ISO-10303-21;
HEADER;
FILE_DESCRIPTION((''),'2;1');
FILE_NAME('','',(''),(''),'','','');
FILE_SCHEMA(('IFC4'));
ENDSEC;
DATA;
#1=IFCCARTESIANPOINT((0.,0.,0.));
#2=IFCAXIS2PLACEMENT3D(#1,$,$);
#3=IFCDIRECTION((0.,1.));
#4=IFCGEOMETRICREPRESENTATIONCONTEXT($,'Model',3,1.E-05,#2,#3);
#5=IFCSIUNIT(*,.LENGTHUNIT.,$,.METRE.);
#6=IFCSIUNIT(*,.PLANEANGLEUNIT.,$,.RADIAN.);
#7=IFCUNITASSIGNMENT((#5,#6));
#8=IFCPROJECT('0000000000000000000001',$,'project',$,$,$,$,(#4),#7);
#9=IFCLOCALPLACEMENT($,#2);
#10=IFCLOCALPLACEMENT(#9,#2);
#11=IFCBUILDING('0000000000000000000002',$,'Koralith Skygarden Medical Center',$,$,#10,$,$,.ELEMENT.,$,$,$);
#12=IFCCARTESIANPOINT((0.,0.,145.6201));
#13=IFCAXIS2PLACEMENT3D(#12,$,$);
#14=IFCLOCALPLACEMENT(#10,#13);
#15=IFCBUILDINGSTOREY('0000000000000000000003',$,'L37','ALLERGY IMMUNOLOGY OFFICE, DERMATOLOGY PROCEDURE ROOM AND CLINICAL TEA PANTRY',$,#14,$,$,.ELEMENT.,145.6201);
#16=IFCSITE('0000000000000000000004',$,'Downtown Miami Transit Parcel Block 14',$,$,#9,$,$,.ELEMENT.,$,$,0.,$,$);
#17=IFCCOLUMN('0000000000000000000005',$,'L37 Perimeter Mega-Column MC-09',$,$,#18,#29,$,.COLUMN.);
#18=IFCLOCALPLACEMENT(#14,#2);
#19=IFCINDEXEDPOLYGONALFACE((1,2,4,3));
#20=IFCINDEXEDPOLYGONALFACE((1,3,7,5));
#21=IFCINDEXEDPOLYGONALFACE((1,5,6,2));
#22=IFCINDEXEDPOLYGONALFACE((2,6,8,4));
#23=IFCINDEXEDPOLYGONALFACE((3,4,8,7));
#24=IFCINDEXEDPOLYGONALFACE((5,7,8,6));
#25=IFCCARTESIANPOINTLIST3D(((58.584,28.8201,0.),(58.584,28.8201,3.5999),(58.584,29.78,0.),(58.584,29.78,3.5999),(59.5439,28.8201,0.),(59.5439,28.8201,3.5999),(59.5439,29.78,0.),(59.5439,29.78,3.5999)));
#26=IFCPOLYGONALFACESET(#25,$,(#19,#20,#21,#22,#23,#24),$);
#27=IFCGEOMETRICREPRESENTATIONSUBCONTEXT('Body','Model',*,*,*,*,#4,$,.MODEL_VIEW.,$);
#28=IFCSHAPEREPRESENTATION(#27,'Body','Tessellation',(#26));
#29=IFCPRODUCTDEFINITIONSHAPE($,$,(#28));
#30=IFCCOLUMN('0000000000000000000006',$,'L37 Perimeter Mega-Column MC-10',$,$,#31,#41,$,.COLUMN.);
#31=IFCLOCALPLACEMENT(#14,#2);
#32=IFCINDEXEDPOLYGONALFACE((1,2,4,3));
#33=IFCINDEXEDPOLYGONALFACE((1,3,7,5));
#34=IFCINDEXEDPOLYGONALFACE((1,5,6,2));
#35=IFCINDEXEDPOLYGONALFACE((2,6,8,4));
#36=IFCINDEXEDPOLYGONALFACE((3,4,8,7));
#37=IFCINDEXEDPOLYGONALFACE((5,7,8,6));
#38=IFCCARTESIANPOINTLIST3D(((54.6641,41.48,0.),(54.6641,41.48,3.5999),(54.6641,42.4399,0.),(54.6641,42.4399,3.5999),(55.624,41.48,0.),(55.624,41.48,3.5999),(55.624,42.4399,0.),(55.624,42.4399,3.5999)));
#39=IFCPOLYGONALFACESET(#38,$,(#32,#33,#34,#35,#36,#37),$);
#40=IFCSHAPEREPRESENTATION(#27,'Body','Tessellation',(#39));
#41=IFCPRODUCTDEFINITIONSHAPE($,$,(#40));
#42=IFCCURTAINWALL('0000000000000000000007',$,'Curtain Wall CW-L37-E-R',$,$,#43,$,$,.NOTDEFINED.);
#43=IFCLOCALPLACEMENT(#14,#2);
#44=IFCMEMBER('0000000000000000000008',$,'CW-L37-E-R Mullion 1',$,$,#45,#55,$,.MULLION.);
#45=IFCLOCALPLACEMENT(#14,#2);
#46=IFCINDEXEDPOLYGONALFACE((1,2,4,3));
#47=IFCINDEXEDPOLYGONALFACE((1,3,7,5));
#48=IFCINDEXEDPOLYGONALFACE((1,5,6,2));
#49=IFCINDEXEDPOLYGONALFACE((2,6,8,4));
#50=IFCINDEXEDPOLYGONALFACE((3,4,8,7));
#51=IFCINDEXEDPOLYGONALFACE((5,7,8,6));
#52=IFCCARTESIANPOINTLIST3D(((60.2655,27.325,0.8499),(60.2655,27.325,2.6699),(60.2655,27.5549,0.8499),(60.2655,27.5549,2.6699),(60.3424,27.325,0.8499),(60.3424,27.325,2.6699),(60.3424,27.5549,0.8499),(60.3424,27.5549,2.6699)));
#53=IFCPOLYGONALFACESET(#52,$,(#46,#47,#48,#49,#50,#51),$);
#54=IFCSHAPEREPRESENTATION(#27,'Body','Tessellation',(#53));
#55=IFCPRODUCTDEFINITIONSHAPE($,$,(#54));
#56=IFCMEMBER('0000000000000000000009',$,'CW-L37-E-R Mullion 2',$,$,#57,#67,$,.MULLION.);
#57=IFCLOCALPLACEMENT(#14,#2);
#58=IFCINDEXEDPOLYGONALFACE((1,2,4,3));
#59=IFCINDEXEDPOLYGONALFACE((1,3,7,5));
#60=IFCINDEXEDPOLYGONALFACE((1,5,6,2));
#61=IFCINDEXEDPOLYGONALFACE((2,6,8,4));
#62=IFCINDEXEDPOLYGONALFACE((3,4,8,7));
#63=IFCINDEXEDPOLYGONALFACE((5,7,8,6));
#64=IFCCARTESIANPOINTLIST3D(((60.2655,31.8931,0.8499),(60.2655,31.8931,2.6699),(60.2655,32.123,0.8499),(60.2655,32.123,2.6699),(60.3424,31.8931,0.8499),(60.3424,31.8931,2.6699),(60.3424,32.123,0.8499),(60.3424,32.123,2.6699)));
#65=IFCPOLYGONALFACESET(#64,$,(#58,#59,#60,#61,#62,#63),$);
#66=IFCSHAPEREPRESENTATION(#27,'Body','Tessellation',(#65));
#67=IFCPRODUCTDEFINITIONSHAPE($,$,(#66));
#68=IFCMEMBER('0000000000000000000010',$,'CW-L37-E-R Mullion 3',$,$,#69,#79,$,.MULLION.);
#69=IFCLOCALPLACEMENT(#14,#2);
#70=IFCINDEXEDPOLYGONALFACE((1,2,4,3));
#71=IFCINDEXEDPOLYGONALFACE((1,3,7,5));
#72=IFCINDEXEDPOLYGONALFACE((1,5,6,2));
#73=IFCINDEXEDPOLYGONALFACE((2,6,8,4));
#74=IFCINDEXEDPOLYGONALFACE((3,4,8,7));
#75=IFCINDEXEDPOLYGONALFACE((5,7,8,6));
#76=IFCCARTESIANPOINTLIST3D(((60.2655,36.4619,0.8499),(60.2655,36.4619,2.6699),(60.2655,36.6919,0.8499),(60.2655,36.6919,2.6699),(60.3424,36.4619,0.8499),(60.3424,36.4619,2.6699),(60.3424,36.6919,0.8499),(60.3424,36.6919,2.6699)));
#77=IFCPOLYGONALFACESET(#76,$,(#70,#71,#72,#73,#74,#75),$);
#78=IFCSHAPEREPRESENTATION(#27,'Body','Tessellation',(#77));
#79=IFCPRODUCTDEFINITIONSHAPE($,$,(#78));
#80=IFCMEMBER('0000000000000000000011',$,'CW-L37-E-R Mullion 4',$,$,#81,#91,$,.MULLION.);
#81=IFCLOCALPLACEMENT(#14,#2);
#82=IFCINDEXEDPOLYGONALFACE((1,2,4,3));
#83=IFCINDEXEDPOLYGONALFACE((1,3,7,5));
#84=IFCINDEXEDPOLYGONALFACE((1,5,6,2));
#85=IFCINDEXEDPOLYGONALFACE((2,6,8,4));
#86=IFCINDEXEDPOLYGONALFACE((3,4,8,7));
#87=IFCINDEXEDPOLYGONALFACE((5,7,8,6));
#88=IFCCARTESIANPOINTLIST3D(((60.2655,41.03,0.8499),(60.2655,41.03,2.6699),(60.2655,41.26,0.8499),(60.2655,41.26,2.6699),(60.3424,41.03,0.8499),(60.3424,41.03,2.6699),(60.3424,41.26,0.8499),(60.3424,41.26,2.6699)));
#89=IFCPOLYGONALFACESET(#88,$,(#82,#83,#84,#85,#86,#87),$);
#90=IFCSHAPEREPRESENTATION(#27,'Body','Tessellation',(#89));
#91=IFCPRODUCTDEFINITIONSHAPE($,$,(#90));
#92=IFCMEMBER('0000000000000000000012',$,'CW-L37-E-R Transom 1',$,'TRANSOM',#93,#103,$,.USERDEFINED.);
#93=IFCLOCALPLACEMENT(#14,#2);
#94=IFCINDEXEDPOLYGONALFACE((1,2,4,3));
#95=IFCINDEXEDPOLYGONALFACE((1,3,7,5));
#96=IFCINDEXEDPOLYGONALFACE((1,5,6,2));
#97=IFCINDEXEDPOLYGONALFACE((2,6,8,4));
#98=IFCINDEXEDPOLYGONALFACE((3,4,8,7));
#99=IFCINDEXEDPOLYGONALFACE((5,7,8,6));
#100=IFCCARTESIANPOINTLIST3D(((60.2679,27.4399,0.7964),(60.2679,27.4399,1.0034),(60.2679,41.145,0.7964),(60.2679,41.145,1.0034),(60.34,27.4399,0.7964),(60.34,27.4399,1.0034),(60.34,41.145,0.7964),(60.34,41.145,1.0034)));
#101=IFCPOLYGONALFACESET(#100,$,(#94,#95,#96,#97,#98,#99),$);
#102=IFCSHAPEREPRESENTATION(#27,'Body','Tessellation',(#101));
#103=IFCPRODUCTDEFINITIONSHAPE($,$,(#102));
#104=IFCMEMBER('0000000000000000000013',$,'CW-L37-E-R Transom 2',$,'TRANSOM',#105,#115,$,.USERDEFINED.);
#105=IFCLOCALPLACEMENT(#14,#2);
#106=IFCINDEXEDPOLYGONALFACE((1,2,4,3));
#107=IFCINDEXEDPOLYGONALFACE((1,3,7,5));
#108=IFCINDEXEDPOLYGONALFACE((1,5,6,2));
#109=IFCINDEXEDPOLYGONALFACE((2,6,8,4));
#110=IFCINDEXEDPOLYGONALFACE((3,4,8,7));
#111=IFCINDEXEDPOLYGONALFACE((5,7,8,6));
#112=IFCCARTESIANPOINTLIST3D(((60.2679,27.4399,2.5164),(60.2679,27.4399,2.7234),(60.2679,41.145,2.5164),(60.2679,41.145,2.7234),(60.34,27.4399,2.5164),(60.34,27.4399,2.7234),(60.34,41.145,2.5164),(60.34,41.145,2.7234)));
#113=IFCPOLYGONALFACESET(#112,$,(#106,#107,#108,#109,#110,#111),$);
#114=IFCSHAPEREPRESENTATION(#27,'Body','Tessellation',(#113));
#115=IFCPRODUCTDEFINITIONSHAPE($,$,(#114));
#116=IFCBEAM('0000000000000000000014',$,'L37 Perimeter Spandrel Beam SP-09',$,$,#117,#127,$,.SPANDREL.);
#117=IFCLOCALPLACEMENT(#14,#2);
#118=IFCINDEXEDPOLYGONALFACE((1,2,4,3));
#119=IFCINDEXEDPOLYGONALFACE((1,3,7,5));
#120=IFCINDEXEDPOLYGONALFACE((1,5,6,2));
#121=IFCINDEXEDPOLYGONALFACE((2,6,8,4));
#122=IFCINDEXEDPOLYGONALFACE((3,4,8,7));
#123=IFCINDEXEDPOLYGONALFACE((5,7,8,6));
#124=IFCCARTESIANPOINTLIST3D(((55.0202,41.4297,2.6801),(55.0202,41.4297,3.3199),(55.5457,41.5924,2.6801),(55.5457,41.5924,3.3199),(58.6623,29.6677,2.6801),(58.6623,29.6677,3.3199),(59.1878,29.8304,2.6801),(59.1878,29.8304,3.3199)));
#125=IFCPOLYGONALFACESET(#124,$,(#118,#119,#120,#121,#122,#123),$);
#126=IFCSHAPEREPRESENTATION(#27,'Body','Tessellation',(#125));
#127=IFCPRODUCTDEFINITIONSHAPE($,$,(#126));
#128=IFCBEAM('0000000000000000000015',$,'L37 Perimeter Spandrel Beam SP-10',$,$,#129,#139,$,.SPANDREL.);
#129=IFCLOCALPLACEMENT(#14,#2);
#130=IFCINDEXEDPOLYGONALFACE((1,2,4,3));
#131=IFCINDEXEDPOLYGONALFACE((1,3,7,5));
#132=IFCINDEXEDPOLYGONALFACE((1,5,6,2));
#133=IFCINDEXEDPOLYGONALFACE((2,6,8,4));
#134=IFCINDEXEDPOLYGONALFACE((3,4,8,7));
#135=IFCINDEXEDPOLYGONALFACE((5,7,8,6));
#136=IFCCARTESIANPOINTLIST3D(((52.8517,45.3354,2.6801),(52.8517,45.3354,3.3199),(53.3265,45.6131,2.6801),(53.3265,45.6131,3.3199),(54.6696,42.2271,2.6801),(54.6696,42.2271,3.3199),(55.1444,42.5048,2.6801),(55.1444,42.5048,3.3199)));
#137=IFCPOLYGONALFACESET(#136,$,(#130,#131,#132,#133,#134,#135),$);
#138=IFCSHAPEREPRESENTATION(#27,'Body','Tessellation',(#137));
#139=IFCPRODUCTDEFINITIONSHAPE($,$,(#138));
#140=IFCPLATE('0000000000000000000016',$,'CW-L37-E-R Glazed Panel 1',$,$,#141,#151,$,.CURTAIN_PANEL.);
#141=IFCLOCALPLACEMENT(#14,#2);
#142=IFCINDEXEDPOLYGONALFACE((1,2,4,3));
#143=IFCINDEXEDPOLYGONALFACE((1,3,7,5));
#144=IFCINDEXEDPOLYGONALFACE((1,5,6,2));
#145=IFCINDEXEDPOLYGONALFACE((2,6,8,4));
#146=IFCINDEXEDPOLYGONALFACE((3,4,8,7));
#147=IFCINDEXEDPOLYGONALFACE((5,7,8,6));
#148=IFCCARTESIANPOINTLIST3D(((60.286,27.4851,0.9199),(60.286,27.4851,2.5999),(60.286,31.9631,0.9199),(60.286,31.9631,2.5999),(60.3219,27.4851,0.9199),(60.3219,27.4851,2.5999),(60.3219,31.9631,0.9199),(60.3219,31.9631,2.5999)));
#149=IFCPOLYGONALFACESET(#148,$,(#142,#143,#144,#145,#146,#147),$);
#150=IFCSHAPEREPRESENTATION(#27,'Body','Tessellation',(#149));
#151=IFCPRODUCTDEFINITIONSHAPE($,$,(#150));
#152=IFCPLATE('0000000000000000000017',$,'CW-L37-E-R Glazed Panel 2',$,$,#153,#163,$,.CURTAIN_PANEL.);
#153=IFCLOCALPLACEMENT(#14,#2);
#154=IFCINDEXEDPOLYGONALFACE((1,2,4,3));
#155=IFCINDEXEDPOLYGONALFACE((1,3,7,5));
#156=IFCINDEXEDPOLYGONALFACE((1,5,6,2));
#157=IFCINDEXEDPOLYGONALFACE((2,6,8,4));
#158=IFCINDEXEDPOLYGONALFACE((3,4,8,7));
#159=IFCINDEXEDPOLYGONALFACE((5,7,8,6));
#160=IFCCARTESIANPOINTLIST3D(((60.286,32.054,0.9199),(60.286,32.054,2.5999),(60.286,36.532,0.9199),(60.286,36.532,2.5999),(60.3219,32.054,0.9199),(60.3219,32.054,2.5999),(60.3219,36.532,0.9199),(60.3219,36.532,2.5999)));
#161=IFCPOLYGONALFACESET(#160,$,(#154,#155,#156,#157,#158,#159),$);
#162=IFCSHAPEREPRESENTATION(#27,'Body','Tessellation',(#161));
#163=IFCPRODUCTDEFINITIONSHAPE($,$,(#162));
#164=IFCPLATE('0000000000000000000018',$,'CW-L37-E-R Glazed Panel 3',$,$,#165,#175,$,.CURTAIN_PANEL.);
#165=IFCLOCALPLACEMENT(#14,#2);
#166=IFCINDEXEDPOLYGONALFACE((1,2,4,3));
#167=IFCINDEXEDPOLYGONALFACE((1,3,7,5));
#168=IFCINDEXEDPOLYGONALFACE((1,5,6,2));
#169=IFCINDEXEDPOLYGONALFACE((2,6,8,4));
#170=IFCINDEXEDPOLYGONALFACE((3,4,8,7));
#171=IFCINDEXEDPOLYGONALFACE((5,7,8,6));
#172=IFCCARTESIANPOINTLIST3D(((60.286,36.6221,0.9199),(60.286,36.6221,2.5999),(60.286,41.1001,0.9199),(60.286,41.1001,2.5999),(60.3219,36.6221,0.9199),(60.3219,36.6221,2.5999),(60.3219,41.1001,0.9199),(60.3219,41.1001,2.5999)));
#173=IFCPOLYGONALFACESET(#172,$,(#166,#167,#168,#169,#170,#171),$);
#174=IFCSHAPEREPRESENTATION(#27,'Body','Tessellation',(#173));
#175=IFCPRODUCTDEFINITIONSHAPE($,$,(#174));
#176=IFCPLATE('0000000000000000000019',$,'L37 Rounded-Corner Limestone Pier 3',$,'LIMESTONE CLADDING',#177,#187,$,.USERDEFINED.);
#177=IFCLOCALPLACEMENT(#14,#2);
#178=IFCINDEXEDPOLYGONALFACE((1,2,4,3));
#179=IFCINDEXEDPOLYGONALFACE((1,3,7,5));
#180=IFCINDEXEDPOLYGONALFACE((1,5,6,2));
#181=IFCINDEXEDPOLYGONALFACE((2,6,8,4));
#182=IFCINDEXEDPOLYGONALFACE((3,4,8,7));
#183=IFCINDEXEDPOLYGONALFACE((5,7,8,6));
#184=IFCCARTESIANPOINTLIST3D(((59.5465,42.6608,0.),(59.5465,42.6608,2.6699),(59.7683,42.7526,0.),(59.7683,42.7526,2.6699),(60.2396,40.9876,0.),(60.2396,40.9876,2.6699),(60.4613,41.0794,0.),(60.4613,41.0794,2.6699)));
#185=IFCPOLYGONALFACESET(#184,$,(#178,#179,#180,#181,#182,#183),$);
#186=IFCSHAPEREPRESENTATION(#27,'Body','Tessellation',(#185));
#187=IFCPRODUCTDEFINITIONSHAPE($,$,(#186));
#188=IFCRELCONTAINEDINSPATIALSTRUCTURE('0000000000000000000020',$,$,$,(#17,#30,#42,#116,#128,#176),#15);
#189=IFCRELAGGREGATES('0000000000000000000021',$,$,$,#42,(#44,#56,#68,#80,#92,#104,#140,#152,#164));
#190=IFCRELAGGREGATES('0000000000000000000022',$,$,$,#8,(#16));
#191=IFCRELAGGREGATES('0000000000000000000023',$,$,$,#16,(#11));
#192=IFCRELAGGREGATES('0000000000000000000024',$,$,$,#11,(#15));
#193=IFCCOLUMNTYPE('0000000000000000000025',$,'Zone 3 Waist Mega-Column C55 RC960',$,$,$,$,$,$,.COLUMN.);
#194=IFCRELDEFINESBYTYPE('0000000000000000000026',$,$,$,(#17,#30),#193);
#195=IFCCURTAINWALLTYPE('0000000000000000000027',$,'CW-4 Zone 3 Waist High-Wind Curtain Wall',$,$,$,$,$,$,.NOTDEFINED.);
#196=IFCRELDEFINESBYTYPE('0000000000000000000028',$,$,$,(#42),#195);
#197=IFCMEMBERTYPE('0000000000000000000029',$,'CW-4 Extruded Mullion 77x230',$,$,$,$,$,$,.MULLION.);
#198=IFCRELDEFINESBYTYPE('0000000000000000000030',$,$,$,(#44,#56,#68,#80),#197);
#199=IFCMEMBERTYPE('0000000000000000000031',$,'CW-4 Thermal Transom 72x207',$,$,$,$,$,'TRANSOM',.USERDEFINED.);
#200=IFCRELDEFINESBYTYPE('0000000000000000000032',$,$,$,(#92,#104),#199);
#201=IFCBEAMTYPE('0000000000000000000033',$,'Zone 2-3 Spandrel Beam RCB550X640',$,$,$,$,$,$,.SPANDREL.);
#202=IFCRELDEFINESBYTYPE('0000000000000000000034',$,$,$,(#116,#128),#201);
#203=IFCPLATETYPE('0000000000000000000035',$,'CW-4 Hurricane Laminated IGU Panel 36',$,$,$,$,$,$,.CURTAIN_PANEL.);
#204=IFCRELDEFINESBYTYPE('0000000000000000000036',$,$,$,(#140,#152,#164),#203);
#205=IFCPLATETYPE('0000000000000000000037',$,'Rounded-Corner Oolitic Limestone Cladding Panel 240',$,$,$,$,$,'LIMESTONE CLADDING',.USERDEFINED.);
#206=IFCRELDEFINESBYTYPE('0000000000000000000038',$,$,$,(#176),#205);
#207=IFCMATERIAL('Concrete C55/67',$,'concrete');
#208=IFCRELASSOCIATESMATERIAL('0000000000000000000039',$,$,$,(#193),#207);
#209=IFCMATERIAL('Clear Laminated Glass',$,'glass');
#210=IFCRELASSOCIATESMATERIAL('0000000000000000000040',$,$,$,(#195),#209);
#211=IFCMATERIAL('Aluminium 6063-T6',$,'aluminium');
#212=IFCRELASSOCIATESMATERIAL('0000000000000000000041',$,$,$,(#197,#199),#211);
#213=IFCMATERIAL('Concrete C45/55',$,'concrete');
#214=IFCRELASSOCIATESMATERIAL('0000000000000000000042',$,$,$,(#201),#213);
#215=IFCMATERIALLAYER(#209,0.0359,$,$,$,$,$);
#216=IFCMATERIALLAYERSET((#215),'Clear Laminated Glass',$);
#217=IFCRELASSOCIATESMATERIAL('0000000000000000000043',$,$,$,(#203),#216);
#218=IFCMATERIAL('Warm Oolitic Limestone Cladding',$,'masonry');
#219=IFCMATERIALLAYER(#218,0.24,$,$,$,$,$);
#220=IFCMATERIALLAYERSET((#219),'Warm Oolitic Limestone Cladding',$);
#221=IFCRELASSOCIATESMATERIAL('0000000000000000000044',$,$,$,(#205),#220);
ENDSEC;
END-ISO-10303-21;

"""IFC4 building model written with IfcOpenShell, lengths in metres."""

from ifc_helpers import new_model, si_unit, direction, frame, origin, origin_2d, place, context, subcontext, project, spatial, rectangle, extrude, material, layer, layer_set, material_profile, profile_set, type_object, element, aggregate, save


model = new_model("IFC4")

# Units and contexts
model_context = context("Model", 3, precision=1e-05, world=origin(), true_north=direction((0.0, 1.0)))
body_context = subcontext(model_context, "Body", "Model", "MODEL_VIEW")
ifc_project = project(units=[si_unit("LENGTHUNIT", "METRE"), si_unit("PLANEANGLEUNIT", "RADIAN")], contexts=[model_context])

# Site, building, storey
site_placement = place(None, origin())
site = spatial("IfcSite", under=ifc_project, at=site_placement, Name="Downtown Miami Transit Parcel Block 14", CompositionType="ELEMENT", RefElevation=0.0)
building_placement = place(site_placement, origin())
building = spatial("IfcBuilding", under=site, at=building_placement, Name="Koralith Skygarden Medical Center", CompositionType="ELEMENT")
storey_placement = place(building_placement, frame((0.0, 0.0, 145.6201)))
storey = spatial("IfcBuildingStorey", under=building, at=storey_placement, Name="L37", Description="ALLERGY IMMUNOLOGY OFFICE, DERMATOLOGY PROCEDURE ROOM AND CLINICAL TEA PANTRY", CompositionType="ELEMENT", Elevation=145.6201)

# Columns
ifc_material_1 = material(Name="Concrete C55/67", Category="concrete")
ifc_material_profile_1 = material_profile(ifc_material_1, rectangle(XDim=0.96, YDim=0.96, at=origin_2d()), Name="RC960X960")
ifc_profile_set_1 = profile_set([ifc_material_profile_1], Name="Concrete C55/67")
column_type = type_object("IfcColumnType", Name="Zone 3 Waist Mega-Column C55 RC960", PredefinedType="COLUMN", material=ifc_profile_set_1)
for number, where, z_axis, x_axis, name in (
    (1, (59.064, 29.3, 0.0), (0.0, 0.0, 1.0), (1.0, 0.0, 0.0), "L37 Perimeter Mega-Column MC-09"),
    (2, (55.144, 41.96, 0.0), (0.0, 0.0, 1.0), (1.0, 0.0, 0.0), "L37 Perimeter Mega-Column MC-10"),
):
    element("IfcColumn", number, at=place(storey_placement, frame(where, z_axis=z_axis, x_axis=x_axis)), inside=storey, type_object=column_type, Name=name, PredefinedType="COLUMN", context=body_context, shape_type="SweptSolid", body=[
        extrude(rectangle(XDim=0.96, YDim=0.96, at=origin_2d()), origin(), (0.0, 0.0, 1.0), 3.5999),
    ])

# Curtain wall, members
ifc_material_2 = material(Name="Clear Laminated Glass", Category="glass")
curtain_wall_type = type_object("IfcCurtainWallType", Name="CW-4 Zone 3 Waist High-Wind Curtain Wall", PredefinedType="NOTDEFINED", material=ifc_material_2)
curtain_wall_placement = place(storey_placement, origin())
curtain_wall = element("IfcCurtainWall", 3, at=curtain_wall_placement, inside=storey, type_object=curtain_wall_type, Name="Curtain Wall CW-L37-E-R", PredefinedType="NOTDEFINED")
ifc_material_3 = material(Name="Aluminium 6063-T6", Category="aluminium")
ifc_material_profile_2 = material_profile(ifc_material_3, rectangle(XDim=0.0769, YDim=0.23, at=origin_2d()), Name="MUL77X230")
ifc_profile_set_2 = profile_set([ifc_material_profile_2], Name="Aluminium 6063-T6")
member_type_1 = type_object("IfcMemberType", Name="CW-4 Extruded Mullion 77x230", PredefinedType="MULLION", material=ifc_profile_set_2)
member_1_placement = place(storey_placement, frame((60.304, 27.4399, 0.8499), z_axis=(0.0, 0.0, 1.0), x_axis=(1.0, 0.0, 0.0)))
member_1 = element("IfcMember", 4, at=member_1_placement, type_object=member_type_1, Name="CW-L37-E-R Mullion 1", PredefinedType="MULLION", context=body_context, shape_type="SweptSolid", body=[
    extrude(rectangle(XDim=0.0769, YDim=0.23, at=origin_2d()), origin(), (0.0, 0.0, 1.0), 1.8201),
])
member_2_placement = place(storey_placement, frame((60.304, 32.0081, 0.8499), z_axis=(0.0, 0.0, 1.0), x_axis=(1.0, 0.0, 0.0)))
member_2 = element("IfcMember", 5, at=member_2_placement, type_object=member_type_1, Name="CW-L37-E-R Mullion 2", PredefinedType="MULLION", context=body_context, shape_type="SweptSolid", body=[
    extrude(rectangle(XDim=0.0769, YDim=0.23, at=origin_2d()), origin(), (0.0, 0.0, 1.0), 1.8201),
])
member_3_placement = place(storey_placement, frame((60.304, 36.5769, 0.8499), z_axis=(0.0, 0.0, 1.0), x_axis=(1.0, 0.0, 0.0)))
member_3 = element("IfcMember", 6, at=member_3_placement, type_object=member_type_1, Name="CW-L37-E-R Mullion 3", PredefinedType="MULLION", context=body_context, shape_type="SweptSolid", body=[
    extrude(rectangle(XDim=0.0769, YDim=0.23, at=origin_2d()), origin(), (0.0, 0.0, 1.0), 1.8201),
])
member_4_placement = place(storey_placement, frame((60.304, 41.145, 0.8499), z_axis=(0.0, 0.0, 1.0), x_axis=(1.0, 0.0, 0.0)))
member_4 = element("IfcMember", 7, at=member_4_placement, type_object=member_type_1, Name="CW-L37-E-R Mullion 4", PredefinedType="MULLION", context=body_context, shape_type="SweptSolid", body=[
    extrude(rectangle(XDim=0.0769, YDim=0.23, at=origin_2d()), origin(), (0.0, 0.0, 1.0), 1.8201),
])
ifc_material_profile_3 = material_profile(ifc_material_3, rectangle(XDim=0.072, YDim=0.207, at=origin_2d()), Name="TRN72X207")
ifc_profile_set_3 = profile_set([ifc_material_profile_3], Name="Aluminium 6063-T6")
member_type_2 = type_object("IfcMemberType", Name="CW-4 Thermal Transom 72x207", ElementType="TRANSOM", PredefinedType="USERDEFINED", material=ifc_profile_set_3)
member_5_placement = place(storey_placement, frame((60.304, 27.4399, 0.8999), z_axis=(0.0, 1.0, 0.0), x_axis=(-1.0, 0.0, 0.0)))
member_5 = element("IfcMember", 8, at=member_5_placement, type_object=member_type_2, Name="CW-L37-E-R Transom 1", ObjectType="TRANSOM", PredefinedType="USERDEFINED", context=body_context, shape_type="SweptSolid", body=[
    extrude(rectangle(XDim=0.072, YDim=0.207, at=origin_2d()), origin(), (0.0, 0.0, 1.0), 13.7051),
])
member_6_placement = place(storey_placement, frame((60.304, 27.4399, 2.6199), z_axis=(0.0, 1.0, 0.0), x_axis=(-1.0, 0.0, 0.0)))
member_6 = element("IfcMember", 9, at=member_6_placement, type_object=member_type_2, Name="CW-L37-E-R Transom 2", ObjectType="TRANSOM", PredefinedType="USERDEFINED", context=body_context, shape_type="SweptSolid", body=[
    extrude(rectangle(XDim=0.072, YDim=0.207, at=origin_2d()), origin(), (0.0, 0.0, 1.0), 13.7051),
])

# Beams
ifc_material_4 = material(Name="Concrete C45/55", Category="concrete")
ifc_material_profile_4 = material_profile(ifc_material_4, rectangle(XDim=0.55, YDim=0.6399, at=origin_2d()), Name="RCB550X640")
ifc_profile_set_4 = profile_set([ifc_material_profile_4], Name="Concrete C45/55")
beam_type = type_object("IfcBeamType", Name="Zone 2-3 Spandrel Beam RCB550X640", PredefinedType="SPANDREL", material=ifc_profile_set_4)
beam_1_placement = place(storey_placement, frame((58.925, 29.749, 3.0), z_axis=(-0.295794, 0.955252, 0.0), x_axis=(-0.955252, -0.295794, 0.0)))
element("IfcBeam", 10, at=beam_1_placement, inside=storey, type_object=beam_type, Name="L37 Perimeter Spandrel Beam SP-09", PredefinedType="SPANDREL", context=body_context, shape_type="SweptSolid", body=[
    extrude(rectangle(XDim=0.55, YDim=0.6399, at=origin_2d()), origin(), (0.0, 0.0, 1.0), 12.313),
])
beam_2_placement = place(storey_placement, frame((54.907, 42.366, 3.0), z_axis=(-0.504861, 0.8632, 0.0), x_axis=(-0.8632, -0.504861, 0.0)))
element("IfcBeam", 11, at=beam_2_placement, inside=storey, type_object=beam_type, Name="L37 Perimeter Spandrel Beam SP-10", PredefinedType="SPANDREL", context=body_context, shape_type="SweptSolid", body=[
    extrude(rectangle(XDim=0.55, YDim=0.6399, at=origin_2d()), origin(), (0.0, 0.0, 1.0), 3.6008),
])

# Plates
ifc_layer_1 = layer(ifc_material_2, 0.0359)
ifc_layer_set_1 = layer_set([ifc_layer_1], Name="Clear Laminated Glass")
plate_type_1 = type_object("IfcPlateType", Name="CW-4 Hurricane Laminated IGU Panel 36", PredefinedType="CURTAIN_PANEL", material=ifc_layer_set_1)
plate_1_placement = place(storey_placement, frame((60.304, 29.7241, 0.9199), z_axis=(0.0, 0.0, 1.0), x_axis=(0.0, 1.0, 0.0)))
plate_1 = element("IfcPlate", 12, at=plate_1_placement, type_object=plate_type_1, Name="CW-L37-E-R Glazed Panel 1", PredefinedType="CURTAIN_PANEL", context=body_context, shape_type="SweptSolid", body=[
    extrude(rectangle(XDim=4.478, YDim=0.0359, at=origin_2d()), origin(), (0.0, 0.0, 1.0), 1.6799),
])
plate_2_placement = place(storey_placement, frame((60.304, 34.293, 0.9199), z_axis=(0.0, 0.0, 1.0), x_axis=(0.0, 1.0, 0.0)))
plate_2 = element("IfcPlate", 13, at=plate_2_placement, type_object=plate_type_1, Name="CW-L37-E-R Glazed Panel 2", PredefinedType="CURTAIN_PANEL", context=body_context, shape_type="SweptSolid", body=[
    extrude(rectangle(XDim=4.478, YDim=0.0359, at=origin_2d()), origin(), (0.0, 0.0, 1.0), 1.6799),
])
plate_3_placement = place(storey_placement, frame((60.304, 38.8611, 0.9199), z_axis=(0.0, 0.0, 1.0), x_axis=(0.0, 1.0, 0.0)))
plate_3 = element("IfcPlate", 14, at=plate_3_placement, type_object=plate_type_1, Name="CW-L37-E-R Glazed Panel 3", PredefinedType="CURTAIN_PANEL", context=body_context, shape_type="SweptSolid", body=[
    extrude(rectangle(XDim=4.478, YDim=0.0359, at=origin_2d()), origin(), (0.0, 0.0, 1.0), 1.6799),
])
aggregate(curtain_wall, [member_1, member_2, member_3, member_4, member_5, member_6, plate_1, plate_2, plate_3])
ifc_material_5 = material(Name="Warm Oolitic Limestone Cladding", Category="masonry")
ifc_layer_2 = layer(ifc_material_5, 0.24)
ifc_layer_set_2 = layer_set([ifc_layer_2], Name="Warm Oolitic Limestone Cladding")
plate_type_2 = type_object("IfcPlateType", Name="Rounded-Corner Oolitic Limestone Cladding Panel 240", ElementType="LIMESTONE CLADDING", PredefinedType="USERDEFINED", material=ifc_layer_set_2)
plate_4_placement = place(storey_placement, frame((60.0039, 41.8701, 0.0), z_axis=(0.0, 0.0, 1.0), x_axis=(-0.382671, 0.923885, 0.0)))
element("IfcPlate", 15, at=plate_4_placement, inside=storey, type_object=plate_type_2, Name="L37 Rounded-Corner Limestone Pier 3", ObjectType="LIMESTONE CLADDING", PredefinedType="USERDEFINED", context=body_context, shape_type="SweptSolid", body=[
    extrude(rectangle(XDim=1.811, YDim=0.24, at=origin_2d()), origin(), (0.0, 0.0, 1.0), 2.6699),
])

save(model, "model.ifc")
